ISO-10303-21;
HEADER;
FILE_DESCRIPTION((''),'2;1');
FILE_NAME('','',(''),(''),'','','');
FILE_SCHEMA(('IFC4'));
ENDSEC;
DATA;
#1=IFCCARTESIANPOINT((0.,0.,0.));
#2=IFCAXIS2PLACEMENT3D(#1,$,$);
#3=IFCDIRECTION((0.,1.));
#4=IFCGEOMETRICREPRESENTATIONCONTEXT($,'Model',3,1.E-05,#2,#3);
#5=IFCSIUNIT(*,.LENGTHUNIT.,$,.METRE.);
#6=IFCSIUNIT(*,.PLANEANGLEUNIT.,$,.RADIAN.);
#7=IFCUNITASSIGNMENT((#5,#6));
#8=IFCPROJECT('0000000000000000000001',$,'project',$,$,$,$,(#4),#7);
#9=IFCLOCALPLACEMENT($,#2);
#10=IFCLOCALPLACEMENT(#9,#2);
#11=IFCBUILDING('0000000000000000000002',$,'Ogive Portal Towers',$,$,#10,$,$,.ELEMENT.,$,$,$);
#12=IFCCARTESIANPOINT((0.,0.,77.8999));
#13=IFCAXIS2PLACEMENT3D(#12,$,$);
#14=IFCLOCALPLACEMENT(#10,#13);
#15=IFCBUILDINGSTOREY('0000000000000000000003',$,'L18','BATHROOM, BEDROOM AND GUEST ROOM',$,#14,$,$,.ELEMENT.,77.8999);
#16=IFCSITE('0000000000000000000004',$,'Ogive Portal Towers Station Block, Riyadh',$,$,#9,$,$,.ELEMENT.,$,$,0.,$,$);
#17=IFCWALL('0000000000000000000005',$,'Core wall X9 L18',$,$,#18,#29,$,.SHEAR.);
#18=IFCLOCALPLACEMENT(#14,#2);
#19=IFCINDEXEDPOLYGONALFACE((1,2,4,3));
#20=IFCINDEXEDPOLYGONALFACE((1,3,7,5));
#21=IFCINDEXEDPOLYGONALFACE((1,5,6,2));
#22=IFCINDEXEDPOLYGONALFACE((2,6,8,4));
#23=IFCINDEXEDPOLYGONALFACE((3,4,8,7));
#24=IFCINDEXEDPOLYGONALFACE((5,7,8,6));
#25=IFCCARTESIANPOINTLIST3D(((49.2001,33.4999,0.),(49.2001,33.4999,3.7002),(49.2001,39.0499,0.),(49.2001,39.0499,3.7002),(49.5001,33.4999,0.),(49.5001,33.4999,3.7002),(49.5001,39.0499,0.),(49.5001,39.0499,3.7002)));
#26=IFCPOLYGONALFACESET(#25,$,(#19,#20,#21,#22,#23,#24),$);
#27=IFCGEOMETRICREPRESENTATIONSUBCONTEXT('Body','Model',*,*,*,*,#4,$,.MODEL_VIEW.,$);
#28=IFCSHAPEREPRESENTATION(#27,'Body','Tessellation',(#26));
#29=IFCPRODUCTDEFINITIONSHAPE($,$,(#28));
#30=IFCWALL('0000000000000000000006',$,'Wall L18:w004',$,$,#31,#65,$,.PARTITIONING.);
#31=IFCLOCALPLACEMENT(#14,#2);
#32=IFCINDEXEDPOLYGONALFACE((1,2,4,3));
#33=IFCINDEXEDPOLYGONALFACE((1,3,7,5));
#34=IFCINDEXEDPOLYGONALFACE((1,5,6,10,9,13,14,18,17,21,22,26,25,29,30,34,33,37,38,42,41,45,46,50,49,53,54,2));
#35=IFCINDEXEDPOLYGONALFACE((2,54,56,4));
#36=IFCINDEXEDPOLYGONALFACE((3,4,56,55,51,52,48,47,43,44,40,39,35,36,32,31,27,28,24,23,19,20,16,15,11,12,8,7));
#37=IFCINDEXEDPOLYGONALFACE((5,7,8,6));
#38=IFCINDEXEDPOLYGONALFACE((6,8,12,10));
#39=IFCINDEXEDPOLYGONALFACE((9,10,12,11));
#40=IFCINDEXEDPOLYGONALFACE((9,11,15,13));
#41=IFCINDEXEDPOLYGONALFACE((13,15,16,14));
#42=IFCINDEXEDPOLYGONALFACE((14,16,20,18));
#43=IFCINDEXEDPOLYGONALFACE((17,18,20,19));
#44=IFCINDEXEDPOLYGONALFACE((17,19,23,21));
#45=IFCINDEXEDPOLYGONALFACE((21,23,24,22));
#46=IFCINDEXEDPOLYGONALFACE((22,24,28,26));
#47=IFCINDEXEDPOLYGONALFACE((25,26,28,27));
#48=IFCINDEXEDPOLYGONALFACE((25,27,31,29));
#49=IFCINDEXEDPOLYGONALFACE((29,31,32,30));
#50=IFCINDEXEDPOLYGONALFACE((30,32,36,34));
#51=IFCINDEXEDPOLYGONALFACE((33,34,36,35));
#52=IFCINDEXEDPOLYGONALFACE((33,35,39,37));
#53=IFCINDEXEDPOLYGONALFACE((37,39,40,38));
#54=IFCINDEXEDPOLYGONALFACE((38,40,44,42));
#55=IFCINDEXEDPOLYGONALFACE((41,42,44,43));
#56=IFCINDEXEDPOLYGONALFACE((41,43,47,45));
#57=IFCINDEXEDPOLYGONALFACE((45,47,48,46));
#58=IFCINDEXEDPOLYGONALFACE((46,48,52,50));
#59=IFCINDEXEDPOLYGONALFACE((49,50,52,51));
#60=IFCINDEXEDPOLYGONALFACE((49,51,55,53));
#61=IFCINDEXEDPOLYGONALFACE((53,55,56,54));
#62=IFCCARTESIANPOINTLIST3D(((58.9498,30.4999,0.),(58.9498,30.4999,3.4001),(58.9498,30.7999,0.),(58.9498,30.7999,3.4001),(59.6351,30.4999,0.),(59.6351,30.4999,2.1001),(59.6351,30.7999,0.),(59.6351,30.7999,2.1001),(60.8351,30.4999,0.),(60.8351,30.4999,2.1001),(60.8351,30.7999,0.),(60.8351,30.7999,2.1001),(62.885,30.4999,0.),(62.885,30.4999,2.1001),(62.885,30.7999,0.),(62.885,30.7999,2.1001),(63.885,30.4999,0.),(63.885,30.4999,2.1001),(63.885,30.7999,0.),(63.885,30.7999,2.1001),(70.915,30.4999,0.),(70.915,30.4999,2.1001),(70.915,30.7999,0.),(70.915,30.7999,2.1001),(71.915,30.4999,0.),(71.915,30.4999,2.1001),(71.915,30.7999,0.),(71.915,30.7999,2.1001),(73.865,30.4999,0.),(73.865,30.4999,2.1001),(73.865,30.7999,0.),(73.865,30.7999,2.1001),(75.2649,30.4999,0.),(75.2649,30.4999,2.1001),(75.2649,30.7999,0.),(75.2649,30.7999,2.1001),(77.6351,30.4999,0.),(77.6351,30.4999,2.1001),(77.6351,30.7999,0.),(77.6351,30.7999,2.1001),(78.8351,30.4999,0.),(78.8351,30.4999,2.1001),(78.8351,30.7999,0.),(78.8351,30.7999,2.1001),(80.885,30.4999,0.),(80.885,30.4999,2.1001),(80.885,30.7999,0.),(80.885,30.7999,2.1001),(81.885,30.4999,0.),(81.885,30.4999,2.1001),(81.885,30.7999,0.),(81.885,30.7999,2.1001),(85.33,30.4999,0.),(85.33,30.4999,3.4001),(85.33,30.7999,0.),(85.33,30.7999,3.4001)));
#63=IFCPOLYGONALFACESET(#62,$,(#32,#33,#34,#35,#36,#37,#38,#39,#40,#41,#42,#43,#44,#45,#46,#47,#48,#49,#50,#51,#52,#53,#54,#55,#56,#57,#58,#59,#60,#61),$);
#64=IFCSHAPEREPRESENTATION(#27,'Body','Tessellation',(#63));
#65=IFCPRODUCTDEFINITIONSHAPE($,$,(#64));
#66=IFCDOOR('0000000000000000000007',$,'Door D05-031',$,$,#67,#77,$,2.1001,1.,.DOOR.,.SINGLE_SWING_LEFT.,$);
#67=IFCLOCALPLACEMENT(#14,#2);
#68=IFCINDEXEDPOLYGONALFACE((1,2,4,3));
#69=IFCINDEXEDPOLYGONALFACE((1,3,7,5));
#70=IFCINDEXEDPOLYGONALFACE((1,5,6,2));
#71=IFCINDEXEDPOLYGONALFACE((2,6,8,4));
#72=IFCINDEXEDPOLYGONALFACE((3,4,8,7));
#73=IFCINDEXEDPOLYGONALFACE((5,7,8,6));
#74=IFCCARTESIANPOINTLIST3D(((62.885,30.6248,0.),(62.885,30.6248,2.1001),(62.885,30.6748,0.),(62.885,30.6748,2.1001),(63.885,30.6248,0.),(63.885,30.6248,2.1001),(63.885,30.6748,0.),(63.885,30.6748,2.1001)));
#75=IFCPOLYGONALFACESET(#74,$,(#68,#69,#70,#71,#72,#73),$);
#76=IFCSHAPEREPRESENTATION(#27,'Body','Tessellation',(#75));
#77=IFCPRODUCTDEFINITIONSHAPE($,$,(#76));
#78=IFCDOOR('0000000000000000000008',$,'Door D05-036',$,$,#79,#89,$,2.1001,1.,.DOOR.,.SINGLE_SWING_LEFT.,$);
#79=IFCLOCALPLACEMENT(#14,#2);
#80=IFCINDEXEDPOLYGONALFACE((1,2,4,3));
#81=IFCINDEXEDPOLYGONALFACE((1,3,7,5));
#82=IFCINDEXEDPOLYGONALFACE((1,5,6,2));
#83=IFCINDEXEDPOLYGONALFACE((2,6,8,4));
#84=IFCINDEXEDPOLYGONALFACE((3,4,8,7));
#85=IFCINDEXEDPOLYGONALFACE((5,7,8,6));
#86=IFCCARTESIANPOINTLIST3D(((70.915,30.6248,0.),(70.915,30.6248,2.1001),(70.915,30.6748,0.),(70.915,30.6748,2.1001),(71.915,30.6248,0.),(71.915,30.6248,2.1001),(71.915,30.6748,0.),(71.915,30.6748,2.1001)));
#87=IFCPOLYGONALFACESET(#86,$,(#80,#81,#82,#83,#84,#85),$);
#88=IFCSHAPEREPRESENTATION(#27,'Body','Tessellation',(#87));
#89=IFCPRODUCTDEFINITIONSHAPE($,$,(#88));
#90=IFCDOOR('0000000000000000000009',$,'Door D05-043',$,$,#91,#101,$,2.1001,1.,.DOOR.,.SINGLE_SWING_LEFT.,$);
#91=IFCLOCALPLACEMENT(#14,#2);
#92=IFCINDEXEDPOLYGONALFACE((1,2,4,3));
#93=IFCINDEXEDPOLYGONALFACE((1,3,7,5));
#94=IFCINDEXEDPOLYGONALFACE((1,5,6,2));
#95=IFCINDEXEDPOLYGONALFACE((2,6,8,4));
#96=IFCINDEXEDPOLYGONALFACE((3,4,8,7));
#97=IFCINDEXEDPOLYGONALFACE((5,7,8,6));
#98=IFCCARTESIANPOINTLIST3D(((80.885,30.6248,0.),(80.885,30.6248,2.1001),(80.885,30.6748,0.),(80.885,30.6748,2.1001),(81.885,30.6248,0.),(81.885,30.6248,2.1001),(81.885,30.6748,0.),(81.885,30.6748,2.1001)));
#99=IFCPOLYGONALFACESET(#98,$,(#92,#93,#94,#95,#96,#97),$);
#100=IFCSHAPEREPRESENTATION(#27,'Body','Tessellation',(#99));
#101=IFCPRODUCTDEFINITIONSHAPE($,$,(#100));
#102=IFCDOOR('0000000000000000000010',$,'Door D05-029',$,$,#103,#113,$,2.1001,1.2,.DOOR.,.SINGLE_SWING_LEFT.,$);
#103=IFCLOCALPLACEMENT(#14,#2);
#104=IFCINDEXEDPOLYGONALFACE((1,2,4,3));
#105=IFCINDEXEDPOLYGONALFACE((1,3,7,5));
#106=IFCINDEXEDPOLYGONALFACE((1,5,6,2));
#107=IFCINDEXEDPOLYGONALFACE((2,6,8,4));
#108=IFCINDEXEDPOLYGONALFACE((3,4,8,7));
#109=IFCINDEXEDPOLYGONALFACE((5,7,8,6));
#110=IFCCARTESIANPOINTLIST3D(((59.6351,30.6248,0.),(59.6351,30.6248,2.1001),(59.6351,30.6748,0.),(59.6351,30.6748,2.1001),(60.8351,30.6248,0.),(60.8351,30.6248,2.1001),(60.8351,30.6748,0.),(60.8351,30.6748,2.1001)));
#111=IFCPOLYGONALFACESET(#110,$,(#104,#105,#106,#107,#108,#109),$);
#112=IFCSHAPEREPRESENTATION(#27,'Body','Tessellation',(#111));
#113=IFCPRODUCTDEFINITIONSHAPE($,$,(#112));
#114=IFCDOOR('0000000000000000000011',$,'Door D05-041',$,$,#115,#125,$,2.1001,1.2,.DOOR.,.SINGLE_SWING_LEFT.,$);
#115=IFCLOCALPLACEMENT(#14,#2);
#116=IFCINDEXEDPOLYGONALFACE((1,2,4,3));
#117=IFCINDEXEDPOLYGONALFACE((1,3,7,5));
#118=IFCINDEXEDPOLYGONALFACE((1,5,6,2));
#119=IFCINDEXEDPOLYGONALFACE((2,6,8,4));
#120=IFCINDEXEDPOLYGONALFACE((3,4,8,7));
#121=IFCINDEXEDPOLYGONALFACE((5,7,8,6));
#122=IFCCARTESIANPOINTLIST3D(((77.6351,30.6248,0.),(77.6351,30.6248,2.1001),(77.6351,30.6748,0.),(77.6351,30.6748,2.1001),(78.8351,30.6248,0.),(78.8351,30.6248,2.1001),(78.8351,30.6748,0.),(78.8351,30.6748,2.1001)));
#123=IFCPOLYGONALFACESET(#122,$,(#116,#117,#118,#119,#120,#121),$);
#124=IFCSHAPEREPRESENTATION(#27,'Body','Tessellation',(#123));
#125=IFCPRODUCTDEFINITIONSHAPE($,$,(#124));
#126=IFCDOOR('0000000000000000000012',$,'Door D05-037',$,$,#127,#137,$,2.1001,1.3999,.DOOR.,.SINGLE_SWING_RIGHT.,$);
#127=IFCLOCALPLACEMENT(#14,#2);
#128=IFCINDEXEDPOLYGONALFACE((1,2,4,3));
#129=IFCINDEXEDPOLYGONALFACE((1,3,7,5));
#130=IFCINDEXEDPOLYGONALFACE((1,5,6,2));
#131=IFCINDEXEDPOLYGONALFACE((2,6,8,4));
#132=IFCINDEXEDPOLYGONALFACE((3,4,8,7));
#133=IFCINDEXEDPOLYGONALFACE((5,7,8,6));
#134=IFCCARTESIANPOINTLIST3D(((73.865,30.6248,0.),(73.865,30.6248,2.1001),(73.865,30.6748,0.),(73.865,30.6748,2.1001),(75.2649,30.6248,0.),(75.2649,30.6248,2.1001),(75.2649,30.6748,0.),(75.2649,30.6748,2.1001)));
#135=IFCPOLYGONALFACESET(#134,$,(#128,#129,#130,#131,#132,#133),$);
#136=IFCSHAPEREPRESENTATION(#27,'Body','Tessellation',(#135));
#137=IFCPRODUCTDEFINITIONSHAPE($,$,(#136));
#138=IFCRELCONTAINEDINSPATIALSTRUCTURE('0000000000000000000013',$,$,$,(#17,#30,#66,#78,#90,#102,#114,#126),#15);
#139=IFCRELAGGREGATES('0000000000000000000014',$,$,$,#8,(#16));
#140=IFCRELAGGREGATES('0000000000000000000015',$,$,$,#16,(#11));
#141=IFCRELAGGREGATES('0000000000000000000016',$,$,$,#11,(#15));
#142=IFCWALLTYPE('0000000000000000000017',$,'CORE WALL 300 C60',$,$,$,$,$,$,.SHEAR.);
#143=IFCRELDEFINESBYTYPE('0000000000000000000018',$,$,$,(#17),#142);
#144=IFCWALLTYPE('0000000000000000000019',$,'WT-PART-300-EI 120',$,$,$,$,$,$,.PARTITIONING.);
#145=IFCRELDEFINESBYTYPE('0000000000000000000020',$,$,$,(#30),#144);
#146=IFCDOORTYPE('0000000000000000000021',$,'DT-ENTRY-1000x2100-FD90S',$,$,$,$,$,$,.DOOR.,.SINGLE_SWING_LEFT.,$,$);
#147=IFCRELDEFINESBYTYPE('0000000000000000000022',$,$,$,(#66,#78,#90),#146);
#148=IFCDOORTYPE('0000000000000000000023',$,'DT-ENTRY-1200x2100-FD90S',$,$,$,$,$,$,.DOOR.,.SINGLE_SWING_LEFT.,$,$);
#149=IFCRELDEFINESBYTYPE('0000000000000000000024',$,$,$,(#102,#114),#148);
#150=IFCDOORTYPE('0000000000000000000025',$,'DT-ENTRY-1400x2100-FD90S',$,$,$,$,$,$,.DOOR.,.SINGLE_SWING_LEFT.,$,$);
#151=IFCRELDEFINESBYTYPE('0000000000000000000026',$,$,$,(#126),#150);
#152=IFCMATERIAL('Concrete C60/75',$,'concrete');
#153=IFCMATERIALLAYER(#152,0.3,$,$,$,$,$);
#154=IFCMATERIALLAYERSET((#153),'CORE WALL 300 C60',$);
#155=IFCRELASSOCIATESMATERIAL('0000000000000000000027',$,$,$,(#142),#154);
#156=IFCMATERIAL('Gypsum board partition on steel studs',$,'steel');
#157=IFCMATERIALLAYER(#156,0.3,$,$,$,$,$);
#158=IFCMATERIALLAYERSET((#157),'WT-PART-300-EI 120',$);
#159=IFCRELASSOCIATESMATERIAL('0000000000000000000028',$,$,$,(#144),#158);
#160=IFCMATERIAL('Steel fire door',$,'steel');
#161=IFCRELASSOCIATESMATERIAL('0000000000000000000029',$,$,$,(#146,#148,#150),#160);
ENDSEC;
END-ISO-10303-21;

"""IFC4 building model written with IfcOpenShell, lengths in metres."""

from ifc_helpers import new_model, si_unit, direction, frame, frame_2d, origin, place, context, subcontext, project, spatial, rectangle, extrude, material, layer, layer_set, type_object, element, fill, save


model = new_model("IFC4")

# Units and contexts
model_context = context("Model", 3, precision=1e-05, world=origin(), true_north=direction((0.0, 1.0)))
body_context = subcontext(model_context, "Body", "Model", "MODEL_VIEW")
ifc_project = project(units=[si_unit("LENGTHUNIT", "METRE"), si_unit("PLANEANGLEUNIT", "RADIAN")], contexts=[model_context])

# Site, building, storey
site_placement = place(None, origin())
site = spatial("IfcSite", under=ifc_project, at=site_placement, Name="Ogive Portal Towers Station Block, Riyadh", CompositionType="ELEMENT", RefElevation=0.0)
building_placement = place(site_placement, origin())
building = spatial("IfcBuilding", under=site, at=building_placement, Name="Ogive Portal Towers", CompositionType="ELEMENT")
storey_placement = place(building_placement, frame((0.0, 0.0, 77.8999)))
storey = spatial("IfcBuildingStorey", under=building, at=storey_placement, Name="L18", Description="BATHROOM, BEDROOM AND GUEST ROOM", CompositionType="ELEMENT", Elevation=77.8999)

# Wall
ifc_material_1 = material(Name="Concrete C60/75", Category="concrete")
ifc_layer_1 = layer(ifc_material_1, 0.3)
ifc_layer_set_1 = layer_set([ifc_layer_1], Name="CORE WALL 300 C60")
wall_type_1 = type_object("IfcWallType", Name="CORE WALL 300 C60", PredefinedType="SHEAR", material=ifc_layer_set_1)
wall_1_placement = place(storey_placement, frame((49.3501, 33.5, 0.0), z_axis=(0.0, 0.0, 1.0), x_axis=(0.0, 1.0, 0.0)))
element("IfcWall", 1, at=wall_1_placement, inside=storey, type_object=wall_type_1, Name="Core wall X9 L18", PredefinedType="SHEAR", context=body_context, shape_type="SweptSolid", body=[
    extrude(rectangle(XDim=5.55, YDim=0.3, at=frame_2d((2.7749, 0.0))), origin(), (0.0, 0.0, 1.0), 3.7002),
])

# Wall, openings, doors
ifc_material_2 = material(Name="Gypsum board partition on steel studs", Category="steel")
ifc_layer_2 = layer(ifc_material_2, 0.3)
ifc_layer_set_2 = layer_set([ifc_layer_2], Name="WT-PART-300-EI 120")
wall_type_2 = type_object("IfcWallType", Name="WT-PART-300-EI 120", PredefinedType="PARTITIONING", material=ifc_layer_set_2)
wall_2_placement = place(storey_placement, frame((58.95, 30.6499, 0.0), z_axis=(0.0, 0.0, 1.0), x_axis=(1.0, 0.0, 0.0)))
wall_2 = element("IfcWall", 2, at=wall_2_placement, inside=storey, type_object=wall_type_2, Name="Wall L18:w004", PredefinedType="PARTITIONING", context=body_context, shape_type="SweptSolid", body=[
    extrude(rectangle(XDim=26.3801, YDim=0.3, at=frame_2d((13.1899, 0.0))), origin(), (0.0, 0.0, 1.0), 3.4001),
])
opening_1_placement = place(wall_2_placement, frame((0.6851, 0.0, 0.0)))
opening_1 = element("IfcOpeningElement", 3, at=opening_1_placement, cuts=wall_2, PredefinedType="OPENING", context=body_context, shape_type="SweptSolid", body=[
    extrude(rectangle(XDim=1.2, YDim=2.1001, at=frame_2d((0.6001, 1.05))), frame((0.0, 0.1602, 0.0), z_axis=(0.0, -1.0, 0.0), x_axis=(1.0, 0.0, 0.0)), (0.0, 0.0, 1.0), 0.3201),
])
opening_2_placement = place(wall_2_placement, frame((3.9351, 0.0, 0.0)))
opening_2 = element("IfcOpeningElement", 4, at=opening_2_placement, cuts=wall_2, PredefinedType="OPENING", context=body_context, shape_type="SweptSolid", body=[
    extrude(rectangle(XDim=1.0, YDim=2.1001, at=frame_2d((0.5, 1.05))), frame((0.0, 0.1602, 0.0), z_axis=(0.0, -1.0, 0.0), x_axis=(1.0, 0.0, 0.0)), (0.0, 0.0, 1.0), 0.3201),
])
opening_3_placement = place(wall_2_placement, frame((11.9651, 0.0, 0.0)))
opening_3 = element("IfcOpeningElement", 5, at=opening_3_placement, cuts=wall_2, PredefinedType="OPENING", context=body_context, shape_type="SweptSolid", body=[
    extrude(rectangle(XDim=1.0, YDim=2.1001, at=frame_2d((0.5, 1.05))), frame((0.0, 0.1602, 0.0), z_axis=(0.0, -1.0, 0.0), x_axis=(1.0, 0.0, 0.0)), (0.0, 0.0, 1.0), 0.3201),
])
opening_4_placement = place(wall_2_placement, frame((14.915, 0.0, 0.0)))
opening_4 = element("IfcOpeningElement", 6, at=opening_4_placement, cuts=wall_2, PredefinedType="OPENING", context=body_context, shape_type="SweptSolid", body=[
    extrude(rectangle(XDim=1.3999, YDim=2.1001, at=frame_2d((0.7, 1.05))), frame((0.0, 0.1602, 0.0), z_axis=(0.0, -1.0, 0.0), x_axis=(1.0, 0.0, 0.0)), (0.0, 0.0, 1.0), 0.3201),
])
opening_5_placement = place(wall_2_placement, frame((18.6851, 0.0, 0.0)))
opening_5 = element("IfcOpeningElement", 7, at=opening_5_placement, cuts=wall_2, PredefinedType="OPENING", context=body_context, shape_type="SweptSolid", body=[
    extrude(rectangle(XDim=1.2, YDim=2.1001, at=frame_2d((0.6001, 1.05))), frame((0.0, 0.1602, 0.0), z_axis=(0.0, -1.0, 0.0), x_axis=(1.0, 0.0, 0.0)), (0.0, 0.0, 1.0), 0.3201),
])
opening_6_placement = place(wall_2_placement, frame((21.9351, 0.0, 0.0)))
opening_6 = element("IfcOpeningElement", 8, at=opening_6_placement, cuts=wall_2, PredefinedType="OPENING", context=body_context, shape_type="SweptSolid", body=[
    extrude(rectangle(XDim=1.0, YDim=2.1001, at=frame_2d((0.5, 1.05))), frame((0.0, 0.1602, 0.0), z_axis=(0.0, -1.0, 0.0), x_axis=(1.0, 0.0, 0.0)), (0.0, 0.0, 1.0), 0.3201),
])
ifc_material_3 = material(Name="Steel fire door", Category="steel")
door_type_1 = type_object("IfcDoorType", Name="DT-ENTRY-1000x2100-FD90S", OperationType="SINGLE_SWING_LEFT", PredefinedType="DOOR", material=ifc_material_3)
door_1_placement = place(opening_2_placement, origin())
door_1 = element("IfcDoor", 9, at=door_1_placement, inside=storey, type_object=door_type_1, Name="Door D05-031", OperationType="SINGLE_SWING_LEFT", OverallHeight=2.1001, OverallWidth=1.0, PredefinedType="DOOR", context=body_context, shape_type="SweptSolid", body=[
    extrude(rectangle(XDim=1.0, YDim=2.1001, at=frame_2d((0.5, 1.05))), frame((0.0, 0.0249, 0.0), z_axis=(0.0, -1.0, 0.0), x_axis=(1.0, 0.0, 0.0)), (0.0, 0.0, 1.0), 0.05),
])
fill(opening_2, door_1)
door_2_placement = place(opening_3_placement, origin())
door_2 = element("IfcDoor", 10, at=door_2_placement, inside=storey, type_object=door_type_1, Name="Door D05-036", OperationType="SINGLE_SWING_LEFT", OverallHeight=2.1001, OverallWidth=1.0, PredefinedType="DOOR", context=body_context, shape_type="SweptSolid", body=[
    extrude(rectangle(XDim=1.0, YDim=2.1001, at=frame_2d((0.5, 1.05))), frame((0.0, 0.0249, 0.0), z_axis=(0.0, -1.0, 0.0), x_axis=(1.0, 0.0, 0.0)), (0.0, 0.0, 1.0), 0.05),
])
fill(opening_3, door_2)
door_3_placement = place(opening_6_placement, origin())
door_3 = element("IfcDoor", 11, at=door_3_placement, inside=storey, type_object=door_type_1, Name="Door D05-043", OperationType="SINGLE_SWING_LEFT", OverallHeight=2.1001, OverallWidth=1.0, PredefinedType="DOOR", context=body_context, shape_type="SweptSolid", body=[
    extrude(rectangle(XDim=1.0, YDim=2.1001, at=frame_2d((0.5, 1.05))), frame((0.0, 0.0249, 0.0), z_axis=(0.0, -1.0, 0.0), x_axis=(1.0, 0.0, 0.0)), (0.0, 0.0, 1.0), 0.05),
])
fill(opening_6, door_3)
door_type_2 = type_object("IfcDoorType", Name="DT-ENTRY-1200x2100-FD90S", OperationType="SINGLE_SWING_LEFT", PredefinedType="DOOR", material=ifc_material_3)
door_4_placement = place(opening_1_placement, origin())
door_4 = element("IfcDoor", 12, at=door_4_placement, inside=storey, type_object=door_type_2, Name="Door D05-029", OperationType="SINGLE_SWING_LEFT", OverallHeight=2.1001, OverallWidth=1.2, PredefinedType="DOOR", context=body_context, shape_type="SweptSolid", body=[
    extrude(rectangle(XDim=1.2, YDim=2.1001, at=frame_2d((0.6001, 1.05))), frame((0.0, 0.0249, 0.0), z_axis=(0.0, -1.0, 0.0), x_axis=(1.0, 0.0, 0.0)), (0.0, 0.0, 1.0), 0.05),
])
fill(opening_1, door_4)
door_5_placement = place(opening_5_placement, origin())
door_5 = element("IfcDoor", 13, at=door_5_placement, inside=storey, type_object=door_type_2, Name="Door D05-041", OperationType="SINGLE_SWING_LEFT", OverallHeight=2.1001, OverallWidth=1.2, PredefinedType="DOOR", context=body_context, shape_type="SweptSolid", body=[
    extrude(rectangle(XDim=1.2, YDim=2.1001, at=frame_2d((0.6001, 1.05))), frame((0.0, 0.0249, 0.0), z_axis=(0.0, -1.0, 0.0), x_axis=(1.0, 0.0, 0.0)), (0.0, 0.0, 1.0), 0.05),
])
fill(opening_5, door_5)
door_type_3 = type_object("IfcDoorType", Name="DT-ENTRY-1400x2100-FD90S", OperationType="SINGLE_SWING_LEFT", PredefinedType="DOOR", material=ifc_material_3)
door_6_placement = place(opening_4_placement, origin())
door_6 = element("IfcDoor", 14, at=door_6_placement, inside=storey, type_object=door_type_3, Name="Door D05-037", OperationType="SINGLE_SWING_RIGHT", OverallHeight=2.1001, OverallWidth=1.3999, PredefinedType="DOOR", context=body_context, shape_type="SweptSolid", body=[
    extrude(rectangle(XDim=1.3999, YDim=2.1001, at=frame_2d((0.7, 1.05))), frame((0.0, 0.0249, 0.0), z_axis=(0.0, -1.0, 0.0), x_axis=(1.0, 0.0, 0.0)), (0.0, 0.0, 1.0), 0.05),
])
fill(opening_4, door_6)

save(model, "model.ifc")
